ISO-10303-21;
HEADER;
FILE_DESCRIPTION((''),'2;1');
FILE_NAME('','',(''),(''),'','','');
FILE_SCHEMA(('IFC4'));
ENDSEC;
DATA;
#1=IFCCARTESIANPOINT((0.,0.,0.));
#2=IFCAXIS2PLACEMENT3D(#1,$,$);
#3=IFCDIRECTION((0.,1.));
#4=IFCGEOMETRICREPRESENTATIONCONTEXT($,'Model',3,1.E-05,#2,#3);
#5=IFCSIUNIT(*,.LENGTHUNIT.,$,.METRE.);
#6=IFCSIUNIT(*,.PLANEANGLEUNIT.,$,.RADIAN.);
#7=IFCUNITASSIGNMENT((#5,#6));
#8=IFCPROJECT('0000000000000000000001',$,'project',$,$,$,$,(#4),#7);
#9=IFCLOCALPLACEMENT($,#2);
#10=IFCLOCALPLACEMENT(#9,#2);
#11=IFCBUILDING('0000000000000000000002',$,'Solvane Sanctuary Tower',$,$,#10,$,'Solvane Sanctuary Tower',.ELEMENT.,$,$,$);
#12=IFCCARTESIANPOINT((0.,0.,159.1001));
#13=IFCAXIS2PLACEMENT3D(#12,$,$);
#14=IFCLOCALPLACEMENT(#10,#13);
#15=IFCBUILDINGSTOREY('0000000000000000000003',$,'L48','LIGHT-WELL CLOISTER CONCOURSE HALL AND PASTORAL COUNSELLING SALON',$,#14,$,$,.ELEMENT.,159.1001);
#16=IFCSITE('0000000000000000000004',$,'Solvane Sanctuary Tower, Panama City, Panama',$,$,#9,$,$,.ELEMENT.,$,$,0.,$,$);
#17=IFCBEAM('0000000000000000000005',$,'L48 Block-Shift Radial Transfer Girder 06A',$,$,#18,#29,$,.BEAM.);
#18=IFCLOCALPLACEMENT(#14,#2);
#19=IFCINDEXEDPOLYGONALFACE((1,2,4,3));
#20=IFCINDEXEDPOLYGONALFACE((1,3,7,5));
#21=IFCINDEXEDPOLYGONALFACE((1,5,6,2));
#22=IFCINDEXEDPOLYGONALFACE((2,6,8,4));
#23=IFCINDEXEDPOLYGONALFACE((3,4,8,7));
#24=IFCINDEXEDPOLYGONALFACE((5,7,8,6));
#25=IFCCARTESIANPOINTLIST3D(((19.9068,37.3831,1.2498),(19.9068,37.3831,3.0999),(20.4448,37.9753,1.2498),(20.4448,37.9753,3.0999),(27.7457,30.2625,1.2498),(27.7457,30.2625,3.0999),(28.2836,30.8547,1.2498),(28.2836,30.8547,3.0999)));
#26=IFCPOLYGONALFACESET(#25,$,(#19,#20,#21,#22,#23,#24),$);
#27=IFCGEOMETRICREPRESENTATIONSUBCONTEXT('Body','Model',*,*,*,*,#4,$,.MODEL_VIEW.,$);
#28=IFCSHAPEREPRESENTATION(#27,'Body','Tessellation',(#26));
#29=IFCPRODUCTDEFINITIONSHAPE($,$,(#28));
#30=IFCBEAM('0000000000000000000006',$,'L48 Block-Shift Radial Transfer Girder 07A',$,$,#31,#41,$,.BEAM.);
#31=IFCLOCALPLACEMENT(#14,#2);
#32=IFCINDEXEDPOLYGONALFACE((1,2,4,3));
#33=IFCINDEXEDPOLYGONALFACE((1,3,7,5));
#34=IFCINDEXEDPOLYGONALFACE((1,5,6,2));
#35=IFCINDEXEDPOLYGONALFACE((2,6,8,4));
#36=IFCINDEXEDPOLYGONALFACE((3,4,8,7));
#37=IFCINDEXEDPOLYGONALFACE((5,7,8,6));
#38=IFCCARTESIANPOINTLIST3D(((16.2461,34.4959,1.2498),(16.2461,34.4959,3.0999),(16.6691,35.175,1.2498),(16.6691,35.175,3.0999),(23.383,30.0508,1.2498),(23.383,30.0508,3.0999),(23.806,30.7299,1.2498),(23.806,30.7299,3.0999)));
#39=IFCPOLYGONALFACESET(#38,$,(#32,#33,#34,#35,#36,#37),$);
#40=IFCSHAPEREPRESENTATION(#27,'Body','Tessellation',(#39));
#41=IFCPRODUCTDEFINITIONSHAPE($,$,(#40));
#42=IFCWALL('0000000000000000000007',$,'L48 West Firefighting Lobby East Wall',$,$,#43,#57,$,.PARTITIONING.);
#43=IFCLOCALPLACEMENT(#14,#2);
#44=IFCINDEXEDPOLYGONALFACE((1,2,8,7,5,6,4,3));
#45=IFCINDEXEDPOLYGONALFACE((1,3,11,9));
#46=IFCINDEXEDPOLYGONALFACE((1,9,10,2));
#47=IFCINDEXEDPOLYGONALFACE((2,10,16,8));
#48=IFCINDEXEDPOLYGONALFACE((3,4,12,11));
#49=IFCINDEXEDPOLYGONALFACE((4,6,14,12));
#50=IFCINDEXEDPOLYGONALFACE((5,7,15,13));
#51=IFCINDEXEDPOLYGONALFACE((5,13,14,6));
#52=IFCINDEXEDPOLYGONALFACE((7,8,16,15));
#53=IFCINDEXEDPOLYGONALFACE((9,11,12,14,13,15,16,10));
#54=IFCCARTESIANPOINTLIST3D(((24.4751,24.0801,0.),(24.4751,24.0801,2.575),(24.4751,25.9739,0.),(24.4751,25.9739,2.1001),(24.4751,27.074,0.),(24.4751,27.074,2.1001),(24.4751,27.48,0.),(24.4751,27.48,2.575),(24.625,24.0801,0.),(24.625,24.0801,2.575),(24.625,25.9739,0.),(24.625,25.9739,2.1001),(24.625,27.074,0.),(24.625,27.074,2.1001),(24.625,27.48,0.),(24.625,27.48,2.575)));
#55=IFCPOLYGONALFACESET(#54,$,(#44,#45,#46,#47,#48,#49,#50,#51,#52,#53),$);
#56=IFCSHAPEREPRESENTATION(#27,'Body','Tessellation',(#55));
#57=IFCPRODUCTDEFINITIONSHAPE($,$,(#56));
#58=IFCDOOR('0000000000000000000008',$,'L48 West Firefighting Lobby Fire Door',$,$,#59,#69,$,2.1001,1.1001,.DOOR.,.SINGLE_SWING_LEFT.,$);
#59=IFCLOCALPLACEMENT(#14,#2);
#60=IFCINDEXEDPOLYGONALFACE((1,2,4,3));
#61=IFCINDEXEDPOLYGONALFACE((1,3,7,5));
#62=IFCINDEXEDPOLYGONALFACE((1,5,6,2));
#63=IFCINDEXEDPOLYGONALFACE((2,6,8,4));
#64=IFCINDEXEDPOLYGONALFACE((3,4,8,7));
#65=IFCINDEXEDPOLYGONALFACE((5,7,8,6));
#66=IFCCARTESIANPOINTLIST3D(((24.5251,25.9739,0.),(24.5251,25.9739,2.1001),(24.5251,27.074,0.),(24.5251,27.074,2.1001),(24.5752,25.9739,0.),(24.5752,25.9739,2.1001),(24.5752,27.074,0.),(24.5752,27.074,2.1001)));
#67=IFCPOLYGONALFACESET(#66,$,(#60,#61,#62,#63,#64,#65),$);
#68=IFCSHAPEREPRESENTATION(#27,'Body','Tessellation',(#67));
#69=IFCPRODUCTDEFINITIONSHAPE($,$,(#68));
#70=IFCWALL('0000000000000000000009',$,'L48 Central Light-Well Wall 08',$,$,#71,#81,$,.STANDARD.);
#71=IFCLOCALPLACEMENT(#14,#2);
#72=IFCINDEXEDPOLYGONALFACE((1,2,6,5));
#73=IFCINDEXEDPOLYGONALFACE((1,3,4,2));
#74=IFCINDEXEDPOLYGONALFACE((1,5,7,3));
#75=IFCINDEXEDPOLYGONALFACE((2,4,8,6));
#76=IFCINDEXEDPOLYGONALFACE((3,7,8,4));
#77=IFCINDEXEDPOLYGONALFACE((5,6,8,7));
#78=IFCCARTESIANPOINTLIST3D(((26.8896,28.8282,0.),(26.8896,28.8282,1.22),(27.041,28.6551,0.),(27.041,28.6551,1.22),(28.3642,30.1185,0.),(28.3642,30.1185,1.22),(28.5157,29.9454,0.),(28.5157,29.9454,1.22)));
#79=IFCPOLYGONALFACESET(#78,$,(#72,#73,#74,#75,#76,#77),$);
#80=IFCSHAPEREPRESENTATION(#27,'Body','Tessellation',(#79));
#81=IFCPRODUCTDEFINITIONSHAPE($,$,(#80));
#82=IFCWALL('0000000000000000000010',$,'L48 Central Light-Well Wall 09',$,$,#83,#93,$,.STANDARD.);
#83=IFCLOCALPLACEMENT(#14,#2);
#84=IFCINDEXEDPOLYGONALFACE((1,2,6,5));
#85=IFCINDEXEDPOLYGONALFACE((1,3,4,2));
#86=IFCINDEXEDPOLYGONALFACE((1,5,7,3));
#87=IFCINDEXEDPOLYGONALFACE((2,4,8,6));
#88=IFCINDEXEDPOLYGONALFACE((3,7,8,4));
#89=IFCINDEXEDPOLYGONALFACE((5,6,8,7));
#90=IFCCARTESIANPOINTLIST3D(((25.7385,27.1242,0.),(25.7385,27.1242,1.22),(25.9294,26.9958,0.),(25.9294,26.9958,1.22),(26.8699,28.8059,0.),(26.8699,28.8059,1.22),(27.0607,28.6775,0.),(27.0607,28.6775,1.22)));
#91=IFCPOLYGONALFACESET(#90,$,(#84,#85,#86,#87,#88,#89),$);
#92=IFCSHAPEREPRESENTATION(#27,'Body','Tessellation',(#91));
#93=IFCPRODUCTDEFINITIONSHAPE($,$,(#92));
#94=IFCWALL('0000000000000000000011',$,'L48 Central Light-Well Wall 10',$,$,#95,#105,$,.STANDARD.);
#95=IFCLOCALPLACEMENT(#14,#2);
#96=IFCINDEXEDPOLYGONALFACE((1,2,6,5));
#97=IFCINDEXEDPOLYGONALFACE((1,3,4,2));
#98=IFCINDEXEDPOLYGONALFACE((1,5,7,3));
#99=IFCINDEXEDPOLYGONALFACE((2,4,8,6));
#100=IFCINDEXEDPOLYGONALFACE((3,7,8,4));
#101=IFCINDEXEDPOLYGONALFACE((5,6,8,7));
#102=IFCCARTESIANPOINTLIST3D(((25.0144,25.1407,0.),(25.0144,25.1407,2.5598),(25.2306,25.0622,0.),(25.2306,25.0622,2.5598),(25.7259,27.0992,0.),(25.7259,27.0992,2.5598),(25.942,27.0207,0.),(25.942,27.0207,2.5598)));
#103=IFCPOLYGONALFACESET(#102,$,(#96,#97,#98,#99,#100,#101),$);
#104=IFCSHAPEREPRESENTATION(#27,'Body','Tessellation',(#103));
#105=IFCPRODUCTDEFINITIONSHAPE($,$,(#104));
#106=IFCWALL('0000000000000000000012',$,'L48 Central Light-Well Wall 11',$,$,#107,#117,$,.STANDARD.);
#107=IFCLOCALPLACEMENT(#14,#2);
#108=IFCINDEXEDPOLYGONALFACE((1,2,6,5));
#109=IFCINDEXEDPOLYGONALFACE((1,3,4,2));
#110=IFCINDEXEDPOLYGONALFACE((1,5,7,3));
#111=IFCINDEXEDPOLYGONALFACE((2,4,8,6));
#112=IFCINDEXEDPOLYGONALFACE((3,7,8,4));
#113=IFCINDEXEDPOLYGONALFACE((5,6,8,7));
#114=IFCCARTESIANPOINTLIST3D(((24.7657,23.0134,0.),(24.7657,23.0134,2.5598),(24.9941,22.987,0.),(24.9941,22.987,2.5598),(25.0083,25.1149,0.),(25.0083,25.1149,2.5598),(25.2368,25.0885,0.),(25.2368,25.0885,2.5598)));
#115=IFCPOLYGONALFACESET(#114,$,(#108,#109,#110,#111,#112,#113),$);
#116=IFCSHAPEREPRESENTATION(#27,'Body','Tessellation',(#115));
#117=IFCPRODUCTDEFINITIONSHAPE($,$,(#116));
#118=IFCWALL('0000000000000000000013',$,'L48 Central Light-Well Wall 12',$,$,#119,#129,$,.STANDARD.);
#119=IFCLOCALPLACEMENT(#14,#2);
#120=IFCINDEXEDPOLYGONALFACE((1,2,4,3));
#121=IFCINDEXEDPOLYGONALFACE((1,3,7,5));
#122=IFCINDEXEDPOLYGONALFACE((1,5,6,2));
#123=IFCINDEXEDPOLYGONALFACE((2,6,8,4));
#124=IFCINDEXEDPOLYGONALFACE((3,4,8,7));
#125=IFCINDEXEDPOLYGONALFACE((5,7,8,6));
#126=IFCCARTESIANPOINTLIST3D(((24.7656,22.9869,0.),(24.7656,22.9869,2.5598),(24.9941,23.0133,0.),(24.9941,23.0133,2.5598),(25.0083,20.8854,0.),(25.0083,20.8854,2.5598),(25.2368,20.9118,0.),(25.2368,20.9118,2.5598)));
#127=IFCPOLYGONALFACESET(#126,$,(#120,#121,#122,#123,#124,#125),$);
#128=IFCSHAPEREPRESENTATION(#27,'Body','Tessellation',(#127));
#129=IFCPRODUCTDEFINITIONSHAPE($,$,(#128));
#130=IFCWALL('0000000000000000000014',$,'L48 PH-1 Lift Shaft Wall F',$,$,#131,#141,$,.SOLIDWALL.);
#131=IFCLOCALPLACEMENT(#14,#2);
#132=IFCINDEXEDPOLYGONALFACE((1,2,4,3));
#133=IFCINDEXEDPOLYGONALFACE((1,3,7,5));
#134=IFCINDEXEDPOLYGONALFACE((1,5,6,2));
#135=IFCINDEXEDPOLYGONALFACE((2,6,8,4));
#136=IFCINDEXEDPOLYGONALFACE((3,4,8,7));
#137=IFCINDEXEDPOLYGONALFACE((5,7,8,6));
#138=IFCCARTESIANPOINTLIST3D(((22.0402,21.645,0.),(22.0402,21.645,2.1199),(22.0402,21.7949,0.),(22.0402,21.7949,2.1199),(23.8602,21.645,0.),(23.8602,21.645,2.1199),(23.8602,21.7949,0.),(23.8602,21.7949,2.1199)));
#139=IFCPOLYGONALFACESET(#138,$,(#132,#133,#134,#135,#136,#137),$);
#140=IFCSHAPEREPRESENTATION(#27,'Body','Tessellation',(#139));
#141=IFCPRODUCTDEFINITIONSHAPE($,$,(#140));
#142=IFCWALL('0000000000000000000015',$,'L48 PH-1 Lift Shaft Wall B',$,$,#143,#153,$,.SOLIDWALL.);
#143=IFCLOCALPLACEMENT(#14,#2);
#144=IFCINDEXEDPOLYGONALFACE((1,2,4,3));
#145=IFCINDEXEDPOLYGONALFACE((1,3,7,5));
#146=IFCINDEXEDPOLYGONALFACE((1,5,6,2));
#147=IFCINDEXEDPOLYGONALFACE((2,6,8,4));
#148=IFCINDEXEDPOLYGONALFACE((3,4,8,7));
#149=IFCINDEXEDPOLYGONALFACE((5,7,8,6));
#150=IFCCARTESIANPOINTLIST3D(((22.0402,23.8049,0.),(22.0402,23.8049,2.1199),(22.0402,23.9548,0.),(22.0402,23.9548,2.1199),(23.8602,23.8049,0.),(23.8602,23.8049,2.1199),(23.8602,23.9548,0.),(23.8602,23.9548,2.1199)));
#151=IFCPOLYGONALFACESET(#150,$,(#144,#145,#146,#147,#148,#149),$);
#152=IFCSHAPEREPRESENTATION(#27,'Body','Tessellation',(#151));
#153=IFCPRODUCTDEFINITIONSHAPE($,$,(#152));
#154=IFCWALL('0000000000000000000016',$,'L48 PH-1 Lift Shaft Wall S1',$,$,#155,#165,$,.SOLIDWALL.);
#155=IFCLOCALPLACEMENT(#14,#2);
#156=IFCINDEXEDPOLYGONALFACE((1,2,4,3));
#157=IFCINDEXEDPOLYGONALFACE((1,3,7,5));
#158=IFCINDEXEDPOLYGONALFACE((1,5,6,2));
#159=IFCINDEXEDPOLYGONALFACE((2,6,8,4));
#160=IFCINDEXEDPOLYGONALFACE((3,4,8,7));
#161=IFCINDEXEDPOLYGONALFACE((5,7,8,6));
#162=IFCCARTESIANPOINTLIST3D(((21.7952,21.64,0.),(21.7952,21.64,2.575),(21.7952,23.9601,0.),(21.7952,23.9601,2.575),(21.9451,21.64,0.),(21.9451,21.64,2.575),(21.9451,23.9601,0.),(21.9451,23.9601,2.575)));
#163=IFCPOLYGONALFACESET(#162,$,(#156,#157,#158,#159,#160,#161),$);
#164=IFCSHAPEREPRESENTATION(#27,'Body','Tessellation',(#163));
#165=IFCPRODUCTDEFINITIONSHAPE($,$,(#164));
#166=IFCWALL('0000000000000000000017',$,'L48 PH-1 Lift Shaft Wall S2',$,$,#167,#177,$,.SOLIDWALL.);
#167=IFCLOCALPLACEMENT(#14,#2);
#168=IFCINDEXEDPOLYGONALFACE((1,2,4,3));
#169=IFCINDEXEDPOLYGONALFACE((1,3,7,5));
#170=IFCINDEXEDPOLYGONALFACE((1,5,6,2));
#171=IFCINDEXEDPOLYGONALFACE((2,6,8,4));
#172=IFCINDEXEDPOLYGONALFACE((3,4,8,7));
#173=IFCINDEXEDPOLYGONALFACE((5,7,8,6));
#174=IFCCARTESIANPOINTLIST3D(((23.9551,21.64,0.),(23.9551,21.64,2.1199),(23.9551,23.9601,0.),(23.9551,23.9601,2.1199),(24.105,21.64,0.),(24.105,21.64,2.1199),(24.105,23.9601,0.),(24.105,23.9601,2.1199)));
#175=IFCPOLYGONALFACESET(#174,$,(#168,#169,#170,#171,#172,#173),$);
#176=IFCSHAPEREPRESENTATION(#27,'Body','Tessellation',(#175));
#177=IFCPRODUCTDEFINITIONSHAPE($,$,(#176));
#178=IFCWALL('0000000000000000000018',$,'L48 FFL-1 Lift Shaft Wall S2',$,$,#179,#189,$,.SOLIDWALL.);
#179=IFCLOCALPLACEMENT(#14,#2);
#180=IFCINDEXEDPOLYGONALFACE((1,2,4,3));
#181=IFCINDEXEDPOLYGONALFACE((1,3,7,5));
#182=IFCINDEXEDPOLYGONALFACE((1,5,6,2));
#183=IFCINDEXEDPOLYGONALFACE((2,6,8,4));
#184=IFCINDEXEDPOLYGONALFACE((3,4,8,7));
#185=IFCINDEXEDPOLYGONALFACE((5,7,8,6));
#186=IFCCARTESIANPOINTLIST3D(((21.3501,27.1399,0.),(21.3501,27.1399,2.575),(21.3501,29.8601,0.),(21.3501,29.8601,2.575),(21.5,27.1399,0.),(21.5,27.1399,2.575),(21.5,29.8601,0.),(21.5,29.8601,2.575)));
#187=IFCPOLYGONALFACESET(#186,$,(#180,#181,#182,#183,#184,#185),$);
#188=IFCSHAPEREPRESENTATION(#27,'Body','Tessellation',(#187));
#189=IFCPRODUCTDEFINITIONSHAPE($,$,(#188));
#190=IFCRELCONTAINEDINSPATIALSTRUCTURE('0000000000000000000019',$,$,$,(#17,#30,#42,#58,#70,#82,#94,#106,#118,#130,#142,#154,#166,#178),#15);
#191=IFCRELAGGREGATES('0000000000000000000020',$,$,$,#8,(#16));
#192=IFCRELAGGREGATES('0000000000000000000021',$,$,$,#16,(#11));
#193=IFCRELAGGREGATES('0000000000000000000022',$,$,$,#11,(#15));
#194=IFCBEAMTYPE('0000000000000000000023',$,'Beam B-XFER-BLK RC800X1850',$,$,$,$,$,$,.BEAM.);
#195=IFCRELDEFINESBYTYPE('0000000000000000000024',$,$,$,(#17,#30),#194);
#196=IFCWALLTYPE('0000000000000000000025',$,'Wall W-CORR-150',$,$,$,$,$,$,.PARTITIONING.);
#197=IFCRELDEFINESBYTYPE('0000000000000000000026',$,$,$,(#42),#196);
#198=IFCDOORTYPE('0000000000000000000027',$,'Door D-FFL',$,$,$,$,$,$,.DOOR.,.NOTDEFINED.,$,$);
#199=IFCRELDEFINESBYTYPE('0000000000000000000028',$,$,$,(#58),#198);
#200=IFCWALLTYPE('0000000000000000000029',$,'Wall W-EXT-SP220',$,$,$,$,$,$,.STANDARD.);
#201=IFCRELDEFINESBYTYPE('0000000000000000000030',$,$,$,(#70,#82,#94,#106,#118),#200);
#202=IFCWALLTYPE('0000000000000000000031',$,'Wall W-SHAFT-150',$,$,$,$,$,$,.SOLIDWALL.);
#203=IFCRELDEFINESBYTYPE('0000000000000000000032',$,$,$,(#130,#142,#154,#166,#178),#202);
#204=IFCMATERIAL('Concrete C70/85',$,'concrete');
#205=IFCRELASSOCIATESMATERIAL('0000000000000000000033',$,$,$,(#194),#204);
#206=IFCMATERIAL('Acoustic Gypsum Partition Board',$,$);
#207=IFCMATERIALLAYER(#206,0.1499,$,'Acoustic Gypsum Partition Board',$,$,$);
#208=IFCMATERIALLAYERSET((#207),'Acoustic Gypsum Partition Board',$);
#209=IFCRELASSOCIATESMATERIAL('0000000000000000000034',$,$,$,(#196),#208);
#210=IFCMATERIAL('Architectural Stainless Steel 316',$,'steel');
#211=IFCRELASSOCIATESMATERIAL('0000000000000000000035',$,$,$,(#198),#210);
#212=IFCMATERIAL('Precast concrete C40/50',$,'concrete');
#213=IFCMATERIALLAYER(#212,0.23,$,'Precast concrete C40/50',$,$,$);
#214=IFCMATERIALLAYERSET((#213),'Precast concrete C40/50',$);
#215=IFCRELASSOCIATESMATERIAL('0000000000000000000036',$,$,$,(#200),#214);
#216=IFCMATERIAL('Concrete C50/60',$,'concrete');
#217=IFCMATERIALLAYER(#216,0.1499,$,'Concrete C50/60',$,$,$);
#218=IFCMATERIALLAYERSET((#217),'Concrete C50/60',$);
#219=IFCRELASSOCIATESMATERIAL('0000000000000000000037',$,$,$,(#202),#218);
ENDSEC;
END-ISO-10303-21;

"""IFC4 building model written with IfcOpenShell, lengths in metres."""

from ifc_helpers import new_model, si_unit, direction, frame, frame_2d, origin, origin_2d, place, context, subcontext, project, spatial, rectangle, extrude, material, layer, layer_set, material_profile, profile_set, type_object, element, fill, save


model = new_model("IFC4")

# Units and contexts
model_context = context("Model", 3, precision=1e-05, world=origin(), true_north=direction((0.0, 1.0)))
body_context = subcontext(model_context, "Body", "Model", "MODEL_VIEW")
ifc_project = project(units=[si_unit("LENGTHUNIT", "METRE"), si_unit("PLANEANGLEUNIT", "RADIAN")], contexts=[model_context])

# Site, building, storey
site_placement = place(None, origin())
site = spatial("IfcSite", under=ifc_project, at=site_placement, Name="Solvane Sanctuary Tower, Panama City, Panama", CompositionType="ELEMENT", RefElevation=0.0)
building_placement = place(site_placement, origin())
building = spatial("IfcBuilding", under=site, at=building_placement, Name="Solvane Sanctuary Tower", LongName="Solvane Sanctuary Tower", CompositionType="ELEMENT")
storey_placement = place(building_placement, frame((0.0, 0.0, 159.1001)))
storey = spatial("IfcBuildingStorey", under=building, at=storey_placement, Name="L48", Description="LIGHT-WELL CLOISTER CONCOURSE HALL AND PASTORAL COUNSELLING SALON", CompositionType="ELEMENT", Elevation=159.1001)

# Shared definitions
ifc_material_1 = material(Name="Concrete C50/60", Category="concrete")
ifc_material_2 = material(Name="Concrete C70/85", Category="concrete")

# Beams
ifc_material_profile_1 = material_profile(ifc_material_2, rectangle(XDim=0.8, YDim=1.8501, at=origin_2d()), Name="RC800X1850")
ifc_profile_set_1 = profile_set([ifc_material_profile_1], Name="Concrete C70/85")
beam_type_1 = type_object("IfcBeamType", Name="Beam B-XFER-BLK RC800X1850", PredefinedType="BEAM", material=ifc_profile_set_1)
beam_1_placement = place(storey_placement, frame((28.0146, 30.5586, 2.1748), z_axis=(-0.740205, 0.672381, 0.0), x_axis=(-0.672381, -0.740205, 0.0)))
element("IfcBeam", 1, at=beam_1_placement, inside=storey, type_object=beam_type_1, Name="L48 Block-Shift Radial Transfer Girder 06A", PredefinedType="BEAM", context=body_context, shape_type="SweptSolid", body=[
    extrude(rectangle(XDim=0.8, YDim=1.8501, at=origin_2d()), origin(), (0.0, 0.0, 1.0), 10.5901),
])
beam_2_placement = place(storey_placement, frame((23.5945, 30.3904, 2.1748), z_axis=(-0.848828, 0.52867, 0.0), x_axis=(-0.52867, -0.848828, 0.0)))
element("IfcBeam", 2, at=beam_2_placement, inside=storey, type_object=beam_type_1, Name="L48 Block-Shift Radial Transfer Girder 07A", PredefinedType="BEAM", context=body_context, shape_type="SweptSolid", body=[
    extrude(rectangle(XDim=0.8, YDim=1.8501, at=origin_2d()), origin(), (0.0, 0.0, 1.0), 8.408),
])

# Wall, opening, door
ifc_material_3 = material(Name="Acoustic Gypsum Partition Board")
ifc_layer_1 = layer(ifc_material_3, 0.1499, Name="Acoustic Gypsum Partition Board")
ifc_layer_set_1 = layer_set([ifc_layer_1], Name="Acoustic Gypsum Partition Board")
wall_type_1 = type_object("IfcWallType", Name="Wall W-CORR-150", PredefinedType="PARTITIONING", material=ifc_layer_set_1)
wall_1_placement = place(storey_placement, frame((24.55, 24.0801, 0.0), z_axis=(0.0, 0.0, 1.0), x_axis=(0.0, 1.0, 0.0)))
wall_1 = element("IfcWall", 3, at=wall_1_placement, inside=storey, type_object=wall_type_1, Name="L48 West Firefighting Lobby East Wall", PredefinedType="PARTITIONING", context=body_context, shape_type="SweptSolid", body=[
    extrude(rectangle(XDim=3.3999, YDim=0.1499, at=frame_2d((1.7, 0.0))), origin(), (0.0, 0.0, 1.0), 2.575),
])
opening_1_placement = place(wall_1_placement, frame((1.8938, 0.0, 0.0)))
opening_1 = element("IfcOpeningElement", 4, at=opening_1_placement, cuts=wall_1, PredefinedType="OPENING", context=body_context, shape_type="SweptSolid", body=[
    extrude(rectangle(XDim=1.1001, YDim=2.1001, at=frame_2d((0.55, 1.05))), frame((0.0, 0.085, 0.0), z_axis=(0.0, -1.0, 0.0), x_axis=(1.0, 0.0, 0.0)), (0.0, 0.0, 1.0), 0.1699),
])
ifc_material_4 = material(Name="Architectural Stainless Steel 316", Category="steel")
door_type_1 = type_object("IfcDoorType", Name="Door D-FFL", OperationType="NOTDEFINED", PredefinedType="DOOR", material=ifc_material_4)
door_1_placement = place(opening_1_placement, origin())
door_1 = element("IfcDoor", 5, at=door_1_placement, inside=storey, type_object=door_type_1, Name="L48 West Firefighting Lobby Fire Door", OperationType="SINGLE_SWING_LEFT", OverallHeight=2.1001, OverallWidth=1.1001, PredefinedType="DOOR", context=body_context, shape_type="SweptSolid", body=[
    extrude(rectangle(XDim=1.1001, YDim=2.1001, at=frame_2d((0.55, 1.05))), frame((0.0, 0.0249, 0.0), z_axis=(0.0, -1.0, 0.0), x_axis=(1.0, 0.0, 0.0)), (0.0, 0.0, 1.0), 0.05),
])
fill(opening_1, door_1)

# Walls
ifc_material_5 = material(Name="Precast concrete C40/50", Category="concrete")
ifc_layer_2 = layer(ifc_material_5, 0.23, Name="Precast concrete C40/50")
ifc_layer_set_2 = layer_set([ifc_layer_2], Name="Precast concrete C40/50")
wall_type_2 = type_object("IfcWallType", Name="Wall W-EXT-SP220", PredefinedType="STANDARD", material=ifc_layer_set_2)
wall_2_placement = place(storey_placement, frame((28.4399, 30.032, 0.0), z_axis=(0.0, 0.0, 1.0), x_axis=(-0.752577, -0.658505, 0.0)))
element("IfcWall", 6, at=wall_2_placement, inside=storey, type_object=wall_type_2, Name="L48 Central Light-Well Wall 08", PredefinedType="STANDARD", context=body_context, shape_type="SweptSolid", body=[
    extrude(rectangle(XDim=1.9595, YDim=0.23, at=frame_2d((0.9797, 0.0))), origin(), (0.0, 0.0, 1.0), 1.22),
])
wall_3_placement = place(storey_placement, frame((26.9653, 28.7417, 0.0), z_axis=(0.0, 0.0, 1.0), x_axis=(-0.558198, -0.829708, 0.0)))
element("IfcWall", 7, at=wall_3_placement, inside=storey, type_object=wall_type_2, Name="L48 Central Light-Well Wall 09", PredefinedType="STANDARD", context=body_context, shape_type="SweptSolid", body=[
    extrude(rectangle(XDim=2.0269, YDim=0.23, at=frame_2d((1.0134, 0.0))), origin(), (0.0, 0.0, 1.0), 1.22),
])
wall_4_placement = place(storey_placement, frame((25.834, 27.0601, 0.0), z_axis=(0.0, 0.0, 1.0), x_axis=(-0.341423, -0.93991, 0.0)))
element("IfcWall", 8, at=wall_4_placement, inside=storey, type_object=wall_type_2, Name="L48 Central Light-Well Wall 10", PredefinedType="STANDARD", context=body_context, shape_type="SweptSolid", body=[
    extrude(rectangle(XDim=2.0837, YDim=0.23, at=frame_2d((1.042, 0.0))), origin(), (0.0, 0.0, 1.0), 2.5598),
])
for number, where, z_axis, x_axis, name in (
    (9, (25.1226, 25.1016, 0.0), (0.0, 0.0, 1.0), (-0.114712, -0.993399, 0.0), "L48 Central Light-Well Wall 11"),
    (10, (24.8799, 23.0, 0.0), (0.0, 0.0, 1.0), (0.114712, -0.993399, 0.0), "L48 Central Light-Well Wall 12"),
):
    element("IfcWall", number, at=place(storey_placement, frame(where, z_axis=z_axis, x_axis=x_axis)), inside=storey, type_object=wall_type_2, Name=name, PredefinedType="STANDARD", context=body_context, shape_type="SweptSolid", body=[
        extrude(rectangle(XDim=2.1155, YDim=0.23, at=frame_2d((1.0576, 0.0))), origin(), (0.0, 0.0, 1.0), 2.5598),
    ])
ifc_layer_3 = layer(ifc_material_1, 0.1499, Name="Concrete C50/60")
ifc_layer_set_3 = layer_set([ifc_layer_3], Name="Concrete C50/60")
wall_type_3 = type_object("IfcWallType", Name="Wall W-SHAFT-150", PredefinedType="SOLIDWALL", material=ifc_layer_set_3)
for number, where, z_axis, x_axis, name in (
    (11, (22.04, 21.72, 0.0), (0.0, 0.0, 1.0), (1.0, 0.0, 0.0), "L48 PH-1 Lift Shaft Wall F"),
    (12, (22.04, 23.8799, 0.0), (0.0, 0.0, 1.0), (1.0, 0.0, 0.0), "L48 PH-1 Lift Shaft Wall B"),
):
    element("IfcWall", number, at=place(storey_placement, frame(where, z_axis=z_axis, x_axis=x_axis)), inside=storey, type_object=wall_type_3, Name=name, PredefinedType="SOLIDWALL", context=body_context, shape_type="SweptSolid", body=[
        extrude(rectangle(XDim=1.8201, YDim=0.1499, at=frame_2d((0.9102, 0.0))), origin(), (0.0, 0.0, 1.0), 2.1199),
    ])
wall_5_placement = place(storey_placement, frame((21.8701, 21.6399, 0.0), z_axis=(0.0, 0.0, 1.0), x_axis=(0.0, 1.0, 0.0)))
element("IfcWall", 13, at=wall_5_placement, inside=storey, type_object=wall_type_3, Name="L48 PH-1 Lift Shaft Wall S1", PredefinedType="SOLIDWALL", context=body_context, shape_type="SweptSolid", body=[
    extrude(rectangle(XDim=2.3201, YDim=0.1499, at=frame_2d((1.1602, 0.0))), origin(), (0.0, 0.0, 1.0), 2.575),
])
wall_6_placement = place(storey_placement, frame((24.03, 21.6399, 0.0), z_axis=(0.0, 0.0, 1.0), x_axis=(0.0, 1.0, 0.0)))
element("IfcWall", 14, at=wall_6_placement, inside=storey, type_object=wall_type_3, Name="L48 PH-1 Lift Shaft Wall S2", PredefinedType="SOLIDWALL", context=body_context, shape_type="SweptSolid", body=[
    extrude(rectangle(XDim=2.3201, YDim=0.1499, at=frame_2d((1.1602, 0.0))), origin(), (0.0, 0.0, 1.0), 2.1199),
])
wall_7_placement = place(storey_placement, frame((21.425, 27.1399, 0.0), z_axis=(0.0, 0.0, 1.0), x_axis=(0.0, 1.0, 0.0)))
element("IfcWall", 15, at=wall_7_placement, inside=storey, type_object=wall_type_3, Name="L48 FFL-1 Lift Shaft Wall S2", PredefinedType="SOLIDWALL", context=body_context, shape_type="SweptSolid", body=[
    extrude(rectangle(XDim=2.7202, YDim=0.1499, at=frame_2d((1.3601, 0.0))), origin(), (0.0, 0.0, 1.0), 2.575),
])

save(model, "model.ifc")
